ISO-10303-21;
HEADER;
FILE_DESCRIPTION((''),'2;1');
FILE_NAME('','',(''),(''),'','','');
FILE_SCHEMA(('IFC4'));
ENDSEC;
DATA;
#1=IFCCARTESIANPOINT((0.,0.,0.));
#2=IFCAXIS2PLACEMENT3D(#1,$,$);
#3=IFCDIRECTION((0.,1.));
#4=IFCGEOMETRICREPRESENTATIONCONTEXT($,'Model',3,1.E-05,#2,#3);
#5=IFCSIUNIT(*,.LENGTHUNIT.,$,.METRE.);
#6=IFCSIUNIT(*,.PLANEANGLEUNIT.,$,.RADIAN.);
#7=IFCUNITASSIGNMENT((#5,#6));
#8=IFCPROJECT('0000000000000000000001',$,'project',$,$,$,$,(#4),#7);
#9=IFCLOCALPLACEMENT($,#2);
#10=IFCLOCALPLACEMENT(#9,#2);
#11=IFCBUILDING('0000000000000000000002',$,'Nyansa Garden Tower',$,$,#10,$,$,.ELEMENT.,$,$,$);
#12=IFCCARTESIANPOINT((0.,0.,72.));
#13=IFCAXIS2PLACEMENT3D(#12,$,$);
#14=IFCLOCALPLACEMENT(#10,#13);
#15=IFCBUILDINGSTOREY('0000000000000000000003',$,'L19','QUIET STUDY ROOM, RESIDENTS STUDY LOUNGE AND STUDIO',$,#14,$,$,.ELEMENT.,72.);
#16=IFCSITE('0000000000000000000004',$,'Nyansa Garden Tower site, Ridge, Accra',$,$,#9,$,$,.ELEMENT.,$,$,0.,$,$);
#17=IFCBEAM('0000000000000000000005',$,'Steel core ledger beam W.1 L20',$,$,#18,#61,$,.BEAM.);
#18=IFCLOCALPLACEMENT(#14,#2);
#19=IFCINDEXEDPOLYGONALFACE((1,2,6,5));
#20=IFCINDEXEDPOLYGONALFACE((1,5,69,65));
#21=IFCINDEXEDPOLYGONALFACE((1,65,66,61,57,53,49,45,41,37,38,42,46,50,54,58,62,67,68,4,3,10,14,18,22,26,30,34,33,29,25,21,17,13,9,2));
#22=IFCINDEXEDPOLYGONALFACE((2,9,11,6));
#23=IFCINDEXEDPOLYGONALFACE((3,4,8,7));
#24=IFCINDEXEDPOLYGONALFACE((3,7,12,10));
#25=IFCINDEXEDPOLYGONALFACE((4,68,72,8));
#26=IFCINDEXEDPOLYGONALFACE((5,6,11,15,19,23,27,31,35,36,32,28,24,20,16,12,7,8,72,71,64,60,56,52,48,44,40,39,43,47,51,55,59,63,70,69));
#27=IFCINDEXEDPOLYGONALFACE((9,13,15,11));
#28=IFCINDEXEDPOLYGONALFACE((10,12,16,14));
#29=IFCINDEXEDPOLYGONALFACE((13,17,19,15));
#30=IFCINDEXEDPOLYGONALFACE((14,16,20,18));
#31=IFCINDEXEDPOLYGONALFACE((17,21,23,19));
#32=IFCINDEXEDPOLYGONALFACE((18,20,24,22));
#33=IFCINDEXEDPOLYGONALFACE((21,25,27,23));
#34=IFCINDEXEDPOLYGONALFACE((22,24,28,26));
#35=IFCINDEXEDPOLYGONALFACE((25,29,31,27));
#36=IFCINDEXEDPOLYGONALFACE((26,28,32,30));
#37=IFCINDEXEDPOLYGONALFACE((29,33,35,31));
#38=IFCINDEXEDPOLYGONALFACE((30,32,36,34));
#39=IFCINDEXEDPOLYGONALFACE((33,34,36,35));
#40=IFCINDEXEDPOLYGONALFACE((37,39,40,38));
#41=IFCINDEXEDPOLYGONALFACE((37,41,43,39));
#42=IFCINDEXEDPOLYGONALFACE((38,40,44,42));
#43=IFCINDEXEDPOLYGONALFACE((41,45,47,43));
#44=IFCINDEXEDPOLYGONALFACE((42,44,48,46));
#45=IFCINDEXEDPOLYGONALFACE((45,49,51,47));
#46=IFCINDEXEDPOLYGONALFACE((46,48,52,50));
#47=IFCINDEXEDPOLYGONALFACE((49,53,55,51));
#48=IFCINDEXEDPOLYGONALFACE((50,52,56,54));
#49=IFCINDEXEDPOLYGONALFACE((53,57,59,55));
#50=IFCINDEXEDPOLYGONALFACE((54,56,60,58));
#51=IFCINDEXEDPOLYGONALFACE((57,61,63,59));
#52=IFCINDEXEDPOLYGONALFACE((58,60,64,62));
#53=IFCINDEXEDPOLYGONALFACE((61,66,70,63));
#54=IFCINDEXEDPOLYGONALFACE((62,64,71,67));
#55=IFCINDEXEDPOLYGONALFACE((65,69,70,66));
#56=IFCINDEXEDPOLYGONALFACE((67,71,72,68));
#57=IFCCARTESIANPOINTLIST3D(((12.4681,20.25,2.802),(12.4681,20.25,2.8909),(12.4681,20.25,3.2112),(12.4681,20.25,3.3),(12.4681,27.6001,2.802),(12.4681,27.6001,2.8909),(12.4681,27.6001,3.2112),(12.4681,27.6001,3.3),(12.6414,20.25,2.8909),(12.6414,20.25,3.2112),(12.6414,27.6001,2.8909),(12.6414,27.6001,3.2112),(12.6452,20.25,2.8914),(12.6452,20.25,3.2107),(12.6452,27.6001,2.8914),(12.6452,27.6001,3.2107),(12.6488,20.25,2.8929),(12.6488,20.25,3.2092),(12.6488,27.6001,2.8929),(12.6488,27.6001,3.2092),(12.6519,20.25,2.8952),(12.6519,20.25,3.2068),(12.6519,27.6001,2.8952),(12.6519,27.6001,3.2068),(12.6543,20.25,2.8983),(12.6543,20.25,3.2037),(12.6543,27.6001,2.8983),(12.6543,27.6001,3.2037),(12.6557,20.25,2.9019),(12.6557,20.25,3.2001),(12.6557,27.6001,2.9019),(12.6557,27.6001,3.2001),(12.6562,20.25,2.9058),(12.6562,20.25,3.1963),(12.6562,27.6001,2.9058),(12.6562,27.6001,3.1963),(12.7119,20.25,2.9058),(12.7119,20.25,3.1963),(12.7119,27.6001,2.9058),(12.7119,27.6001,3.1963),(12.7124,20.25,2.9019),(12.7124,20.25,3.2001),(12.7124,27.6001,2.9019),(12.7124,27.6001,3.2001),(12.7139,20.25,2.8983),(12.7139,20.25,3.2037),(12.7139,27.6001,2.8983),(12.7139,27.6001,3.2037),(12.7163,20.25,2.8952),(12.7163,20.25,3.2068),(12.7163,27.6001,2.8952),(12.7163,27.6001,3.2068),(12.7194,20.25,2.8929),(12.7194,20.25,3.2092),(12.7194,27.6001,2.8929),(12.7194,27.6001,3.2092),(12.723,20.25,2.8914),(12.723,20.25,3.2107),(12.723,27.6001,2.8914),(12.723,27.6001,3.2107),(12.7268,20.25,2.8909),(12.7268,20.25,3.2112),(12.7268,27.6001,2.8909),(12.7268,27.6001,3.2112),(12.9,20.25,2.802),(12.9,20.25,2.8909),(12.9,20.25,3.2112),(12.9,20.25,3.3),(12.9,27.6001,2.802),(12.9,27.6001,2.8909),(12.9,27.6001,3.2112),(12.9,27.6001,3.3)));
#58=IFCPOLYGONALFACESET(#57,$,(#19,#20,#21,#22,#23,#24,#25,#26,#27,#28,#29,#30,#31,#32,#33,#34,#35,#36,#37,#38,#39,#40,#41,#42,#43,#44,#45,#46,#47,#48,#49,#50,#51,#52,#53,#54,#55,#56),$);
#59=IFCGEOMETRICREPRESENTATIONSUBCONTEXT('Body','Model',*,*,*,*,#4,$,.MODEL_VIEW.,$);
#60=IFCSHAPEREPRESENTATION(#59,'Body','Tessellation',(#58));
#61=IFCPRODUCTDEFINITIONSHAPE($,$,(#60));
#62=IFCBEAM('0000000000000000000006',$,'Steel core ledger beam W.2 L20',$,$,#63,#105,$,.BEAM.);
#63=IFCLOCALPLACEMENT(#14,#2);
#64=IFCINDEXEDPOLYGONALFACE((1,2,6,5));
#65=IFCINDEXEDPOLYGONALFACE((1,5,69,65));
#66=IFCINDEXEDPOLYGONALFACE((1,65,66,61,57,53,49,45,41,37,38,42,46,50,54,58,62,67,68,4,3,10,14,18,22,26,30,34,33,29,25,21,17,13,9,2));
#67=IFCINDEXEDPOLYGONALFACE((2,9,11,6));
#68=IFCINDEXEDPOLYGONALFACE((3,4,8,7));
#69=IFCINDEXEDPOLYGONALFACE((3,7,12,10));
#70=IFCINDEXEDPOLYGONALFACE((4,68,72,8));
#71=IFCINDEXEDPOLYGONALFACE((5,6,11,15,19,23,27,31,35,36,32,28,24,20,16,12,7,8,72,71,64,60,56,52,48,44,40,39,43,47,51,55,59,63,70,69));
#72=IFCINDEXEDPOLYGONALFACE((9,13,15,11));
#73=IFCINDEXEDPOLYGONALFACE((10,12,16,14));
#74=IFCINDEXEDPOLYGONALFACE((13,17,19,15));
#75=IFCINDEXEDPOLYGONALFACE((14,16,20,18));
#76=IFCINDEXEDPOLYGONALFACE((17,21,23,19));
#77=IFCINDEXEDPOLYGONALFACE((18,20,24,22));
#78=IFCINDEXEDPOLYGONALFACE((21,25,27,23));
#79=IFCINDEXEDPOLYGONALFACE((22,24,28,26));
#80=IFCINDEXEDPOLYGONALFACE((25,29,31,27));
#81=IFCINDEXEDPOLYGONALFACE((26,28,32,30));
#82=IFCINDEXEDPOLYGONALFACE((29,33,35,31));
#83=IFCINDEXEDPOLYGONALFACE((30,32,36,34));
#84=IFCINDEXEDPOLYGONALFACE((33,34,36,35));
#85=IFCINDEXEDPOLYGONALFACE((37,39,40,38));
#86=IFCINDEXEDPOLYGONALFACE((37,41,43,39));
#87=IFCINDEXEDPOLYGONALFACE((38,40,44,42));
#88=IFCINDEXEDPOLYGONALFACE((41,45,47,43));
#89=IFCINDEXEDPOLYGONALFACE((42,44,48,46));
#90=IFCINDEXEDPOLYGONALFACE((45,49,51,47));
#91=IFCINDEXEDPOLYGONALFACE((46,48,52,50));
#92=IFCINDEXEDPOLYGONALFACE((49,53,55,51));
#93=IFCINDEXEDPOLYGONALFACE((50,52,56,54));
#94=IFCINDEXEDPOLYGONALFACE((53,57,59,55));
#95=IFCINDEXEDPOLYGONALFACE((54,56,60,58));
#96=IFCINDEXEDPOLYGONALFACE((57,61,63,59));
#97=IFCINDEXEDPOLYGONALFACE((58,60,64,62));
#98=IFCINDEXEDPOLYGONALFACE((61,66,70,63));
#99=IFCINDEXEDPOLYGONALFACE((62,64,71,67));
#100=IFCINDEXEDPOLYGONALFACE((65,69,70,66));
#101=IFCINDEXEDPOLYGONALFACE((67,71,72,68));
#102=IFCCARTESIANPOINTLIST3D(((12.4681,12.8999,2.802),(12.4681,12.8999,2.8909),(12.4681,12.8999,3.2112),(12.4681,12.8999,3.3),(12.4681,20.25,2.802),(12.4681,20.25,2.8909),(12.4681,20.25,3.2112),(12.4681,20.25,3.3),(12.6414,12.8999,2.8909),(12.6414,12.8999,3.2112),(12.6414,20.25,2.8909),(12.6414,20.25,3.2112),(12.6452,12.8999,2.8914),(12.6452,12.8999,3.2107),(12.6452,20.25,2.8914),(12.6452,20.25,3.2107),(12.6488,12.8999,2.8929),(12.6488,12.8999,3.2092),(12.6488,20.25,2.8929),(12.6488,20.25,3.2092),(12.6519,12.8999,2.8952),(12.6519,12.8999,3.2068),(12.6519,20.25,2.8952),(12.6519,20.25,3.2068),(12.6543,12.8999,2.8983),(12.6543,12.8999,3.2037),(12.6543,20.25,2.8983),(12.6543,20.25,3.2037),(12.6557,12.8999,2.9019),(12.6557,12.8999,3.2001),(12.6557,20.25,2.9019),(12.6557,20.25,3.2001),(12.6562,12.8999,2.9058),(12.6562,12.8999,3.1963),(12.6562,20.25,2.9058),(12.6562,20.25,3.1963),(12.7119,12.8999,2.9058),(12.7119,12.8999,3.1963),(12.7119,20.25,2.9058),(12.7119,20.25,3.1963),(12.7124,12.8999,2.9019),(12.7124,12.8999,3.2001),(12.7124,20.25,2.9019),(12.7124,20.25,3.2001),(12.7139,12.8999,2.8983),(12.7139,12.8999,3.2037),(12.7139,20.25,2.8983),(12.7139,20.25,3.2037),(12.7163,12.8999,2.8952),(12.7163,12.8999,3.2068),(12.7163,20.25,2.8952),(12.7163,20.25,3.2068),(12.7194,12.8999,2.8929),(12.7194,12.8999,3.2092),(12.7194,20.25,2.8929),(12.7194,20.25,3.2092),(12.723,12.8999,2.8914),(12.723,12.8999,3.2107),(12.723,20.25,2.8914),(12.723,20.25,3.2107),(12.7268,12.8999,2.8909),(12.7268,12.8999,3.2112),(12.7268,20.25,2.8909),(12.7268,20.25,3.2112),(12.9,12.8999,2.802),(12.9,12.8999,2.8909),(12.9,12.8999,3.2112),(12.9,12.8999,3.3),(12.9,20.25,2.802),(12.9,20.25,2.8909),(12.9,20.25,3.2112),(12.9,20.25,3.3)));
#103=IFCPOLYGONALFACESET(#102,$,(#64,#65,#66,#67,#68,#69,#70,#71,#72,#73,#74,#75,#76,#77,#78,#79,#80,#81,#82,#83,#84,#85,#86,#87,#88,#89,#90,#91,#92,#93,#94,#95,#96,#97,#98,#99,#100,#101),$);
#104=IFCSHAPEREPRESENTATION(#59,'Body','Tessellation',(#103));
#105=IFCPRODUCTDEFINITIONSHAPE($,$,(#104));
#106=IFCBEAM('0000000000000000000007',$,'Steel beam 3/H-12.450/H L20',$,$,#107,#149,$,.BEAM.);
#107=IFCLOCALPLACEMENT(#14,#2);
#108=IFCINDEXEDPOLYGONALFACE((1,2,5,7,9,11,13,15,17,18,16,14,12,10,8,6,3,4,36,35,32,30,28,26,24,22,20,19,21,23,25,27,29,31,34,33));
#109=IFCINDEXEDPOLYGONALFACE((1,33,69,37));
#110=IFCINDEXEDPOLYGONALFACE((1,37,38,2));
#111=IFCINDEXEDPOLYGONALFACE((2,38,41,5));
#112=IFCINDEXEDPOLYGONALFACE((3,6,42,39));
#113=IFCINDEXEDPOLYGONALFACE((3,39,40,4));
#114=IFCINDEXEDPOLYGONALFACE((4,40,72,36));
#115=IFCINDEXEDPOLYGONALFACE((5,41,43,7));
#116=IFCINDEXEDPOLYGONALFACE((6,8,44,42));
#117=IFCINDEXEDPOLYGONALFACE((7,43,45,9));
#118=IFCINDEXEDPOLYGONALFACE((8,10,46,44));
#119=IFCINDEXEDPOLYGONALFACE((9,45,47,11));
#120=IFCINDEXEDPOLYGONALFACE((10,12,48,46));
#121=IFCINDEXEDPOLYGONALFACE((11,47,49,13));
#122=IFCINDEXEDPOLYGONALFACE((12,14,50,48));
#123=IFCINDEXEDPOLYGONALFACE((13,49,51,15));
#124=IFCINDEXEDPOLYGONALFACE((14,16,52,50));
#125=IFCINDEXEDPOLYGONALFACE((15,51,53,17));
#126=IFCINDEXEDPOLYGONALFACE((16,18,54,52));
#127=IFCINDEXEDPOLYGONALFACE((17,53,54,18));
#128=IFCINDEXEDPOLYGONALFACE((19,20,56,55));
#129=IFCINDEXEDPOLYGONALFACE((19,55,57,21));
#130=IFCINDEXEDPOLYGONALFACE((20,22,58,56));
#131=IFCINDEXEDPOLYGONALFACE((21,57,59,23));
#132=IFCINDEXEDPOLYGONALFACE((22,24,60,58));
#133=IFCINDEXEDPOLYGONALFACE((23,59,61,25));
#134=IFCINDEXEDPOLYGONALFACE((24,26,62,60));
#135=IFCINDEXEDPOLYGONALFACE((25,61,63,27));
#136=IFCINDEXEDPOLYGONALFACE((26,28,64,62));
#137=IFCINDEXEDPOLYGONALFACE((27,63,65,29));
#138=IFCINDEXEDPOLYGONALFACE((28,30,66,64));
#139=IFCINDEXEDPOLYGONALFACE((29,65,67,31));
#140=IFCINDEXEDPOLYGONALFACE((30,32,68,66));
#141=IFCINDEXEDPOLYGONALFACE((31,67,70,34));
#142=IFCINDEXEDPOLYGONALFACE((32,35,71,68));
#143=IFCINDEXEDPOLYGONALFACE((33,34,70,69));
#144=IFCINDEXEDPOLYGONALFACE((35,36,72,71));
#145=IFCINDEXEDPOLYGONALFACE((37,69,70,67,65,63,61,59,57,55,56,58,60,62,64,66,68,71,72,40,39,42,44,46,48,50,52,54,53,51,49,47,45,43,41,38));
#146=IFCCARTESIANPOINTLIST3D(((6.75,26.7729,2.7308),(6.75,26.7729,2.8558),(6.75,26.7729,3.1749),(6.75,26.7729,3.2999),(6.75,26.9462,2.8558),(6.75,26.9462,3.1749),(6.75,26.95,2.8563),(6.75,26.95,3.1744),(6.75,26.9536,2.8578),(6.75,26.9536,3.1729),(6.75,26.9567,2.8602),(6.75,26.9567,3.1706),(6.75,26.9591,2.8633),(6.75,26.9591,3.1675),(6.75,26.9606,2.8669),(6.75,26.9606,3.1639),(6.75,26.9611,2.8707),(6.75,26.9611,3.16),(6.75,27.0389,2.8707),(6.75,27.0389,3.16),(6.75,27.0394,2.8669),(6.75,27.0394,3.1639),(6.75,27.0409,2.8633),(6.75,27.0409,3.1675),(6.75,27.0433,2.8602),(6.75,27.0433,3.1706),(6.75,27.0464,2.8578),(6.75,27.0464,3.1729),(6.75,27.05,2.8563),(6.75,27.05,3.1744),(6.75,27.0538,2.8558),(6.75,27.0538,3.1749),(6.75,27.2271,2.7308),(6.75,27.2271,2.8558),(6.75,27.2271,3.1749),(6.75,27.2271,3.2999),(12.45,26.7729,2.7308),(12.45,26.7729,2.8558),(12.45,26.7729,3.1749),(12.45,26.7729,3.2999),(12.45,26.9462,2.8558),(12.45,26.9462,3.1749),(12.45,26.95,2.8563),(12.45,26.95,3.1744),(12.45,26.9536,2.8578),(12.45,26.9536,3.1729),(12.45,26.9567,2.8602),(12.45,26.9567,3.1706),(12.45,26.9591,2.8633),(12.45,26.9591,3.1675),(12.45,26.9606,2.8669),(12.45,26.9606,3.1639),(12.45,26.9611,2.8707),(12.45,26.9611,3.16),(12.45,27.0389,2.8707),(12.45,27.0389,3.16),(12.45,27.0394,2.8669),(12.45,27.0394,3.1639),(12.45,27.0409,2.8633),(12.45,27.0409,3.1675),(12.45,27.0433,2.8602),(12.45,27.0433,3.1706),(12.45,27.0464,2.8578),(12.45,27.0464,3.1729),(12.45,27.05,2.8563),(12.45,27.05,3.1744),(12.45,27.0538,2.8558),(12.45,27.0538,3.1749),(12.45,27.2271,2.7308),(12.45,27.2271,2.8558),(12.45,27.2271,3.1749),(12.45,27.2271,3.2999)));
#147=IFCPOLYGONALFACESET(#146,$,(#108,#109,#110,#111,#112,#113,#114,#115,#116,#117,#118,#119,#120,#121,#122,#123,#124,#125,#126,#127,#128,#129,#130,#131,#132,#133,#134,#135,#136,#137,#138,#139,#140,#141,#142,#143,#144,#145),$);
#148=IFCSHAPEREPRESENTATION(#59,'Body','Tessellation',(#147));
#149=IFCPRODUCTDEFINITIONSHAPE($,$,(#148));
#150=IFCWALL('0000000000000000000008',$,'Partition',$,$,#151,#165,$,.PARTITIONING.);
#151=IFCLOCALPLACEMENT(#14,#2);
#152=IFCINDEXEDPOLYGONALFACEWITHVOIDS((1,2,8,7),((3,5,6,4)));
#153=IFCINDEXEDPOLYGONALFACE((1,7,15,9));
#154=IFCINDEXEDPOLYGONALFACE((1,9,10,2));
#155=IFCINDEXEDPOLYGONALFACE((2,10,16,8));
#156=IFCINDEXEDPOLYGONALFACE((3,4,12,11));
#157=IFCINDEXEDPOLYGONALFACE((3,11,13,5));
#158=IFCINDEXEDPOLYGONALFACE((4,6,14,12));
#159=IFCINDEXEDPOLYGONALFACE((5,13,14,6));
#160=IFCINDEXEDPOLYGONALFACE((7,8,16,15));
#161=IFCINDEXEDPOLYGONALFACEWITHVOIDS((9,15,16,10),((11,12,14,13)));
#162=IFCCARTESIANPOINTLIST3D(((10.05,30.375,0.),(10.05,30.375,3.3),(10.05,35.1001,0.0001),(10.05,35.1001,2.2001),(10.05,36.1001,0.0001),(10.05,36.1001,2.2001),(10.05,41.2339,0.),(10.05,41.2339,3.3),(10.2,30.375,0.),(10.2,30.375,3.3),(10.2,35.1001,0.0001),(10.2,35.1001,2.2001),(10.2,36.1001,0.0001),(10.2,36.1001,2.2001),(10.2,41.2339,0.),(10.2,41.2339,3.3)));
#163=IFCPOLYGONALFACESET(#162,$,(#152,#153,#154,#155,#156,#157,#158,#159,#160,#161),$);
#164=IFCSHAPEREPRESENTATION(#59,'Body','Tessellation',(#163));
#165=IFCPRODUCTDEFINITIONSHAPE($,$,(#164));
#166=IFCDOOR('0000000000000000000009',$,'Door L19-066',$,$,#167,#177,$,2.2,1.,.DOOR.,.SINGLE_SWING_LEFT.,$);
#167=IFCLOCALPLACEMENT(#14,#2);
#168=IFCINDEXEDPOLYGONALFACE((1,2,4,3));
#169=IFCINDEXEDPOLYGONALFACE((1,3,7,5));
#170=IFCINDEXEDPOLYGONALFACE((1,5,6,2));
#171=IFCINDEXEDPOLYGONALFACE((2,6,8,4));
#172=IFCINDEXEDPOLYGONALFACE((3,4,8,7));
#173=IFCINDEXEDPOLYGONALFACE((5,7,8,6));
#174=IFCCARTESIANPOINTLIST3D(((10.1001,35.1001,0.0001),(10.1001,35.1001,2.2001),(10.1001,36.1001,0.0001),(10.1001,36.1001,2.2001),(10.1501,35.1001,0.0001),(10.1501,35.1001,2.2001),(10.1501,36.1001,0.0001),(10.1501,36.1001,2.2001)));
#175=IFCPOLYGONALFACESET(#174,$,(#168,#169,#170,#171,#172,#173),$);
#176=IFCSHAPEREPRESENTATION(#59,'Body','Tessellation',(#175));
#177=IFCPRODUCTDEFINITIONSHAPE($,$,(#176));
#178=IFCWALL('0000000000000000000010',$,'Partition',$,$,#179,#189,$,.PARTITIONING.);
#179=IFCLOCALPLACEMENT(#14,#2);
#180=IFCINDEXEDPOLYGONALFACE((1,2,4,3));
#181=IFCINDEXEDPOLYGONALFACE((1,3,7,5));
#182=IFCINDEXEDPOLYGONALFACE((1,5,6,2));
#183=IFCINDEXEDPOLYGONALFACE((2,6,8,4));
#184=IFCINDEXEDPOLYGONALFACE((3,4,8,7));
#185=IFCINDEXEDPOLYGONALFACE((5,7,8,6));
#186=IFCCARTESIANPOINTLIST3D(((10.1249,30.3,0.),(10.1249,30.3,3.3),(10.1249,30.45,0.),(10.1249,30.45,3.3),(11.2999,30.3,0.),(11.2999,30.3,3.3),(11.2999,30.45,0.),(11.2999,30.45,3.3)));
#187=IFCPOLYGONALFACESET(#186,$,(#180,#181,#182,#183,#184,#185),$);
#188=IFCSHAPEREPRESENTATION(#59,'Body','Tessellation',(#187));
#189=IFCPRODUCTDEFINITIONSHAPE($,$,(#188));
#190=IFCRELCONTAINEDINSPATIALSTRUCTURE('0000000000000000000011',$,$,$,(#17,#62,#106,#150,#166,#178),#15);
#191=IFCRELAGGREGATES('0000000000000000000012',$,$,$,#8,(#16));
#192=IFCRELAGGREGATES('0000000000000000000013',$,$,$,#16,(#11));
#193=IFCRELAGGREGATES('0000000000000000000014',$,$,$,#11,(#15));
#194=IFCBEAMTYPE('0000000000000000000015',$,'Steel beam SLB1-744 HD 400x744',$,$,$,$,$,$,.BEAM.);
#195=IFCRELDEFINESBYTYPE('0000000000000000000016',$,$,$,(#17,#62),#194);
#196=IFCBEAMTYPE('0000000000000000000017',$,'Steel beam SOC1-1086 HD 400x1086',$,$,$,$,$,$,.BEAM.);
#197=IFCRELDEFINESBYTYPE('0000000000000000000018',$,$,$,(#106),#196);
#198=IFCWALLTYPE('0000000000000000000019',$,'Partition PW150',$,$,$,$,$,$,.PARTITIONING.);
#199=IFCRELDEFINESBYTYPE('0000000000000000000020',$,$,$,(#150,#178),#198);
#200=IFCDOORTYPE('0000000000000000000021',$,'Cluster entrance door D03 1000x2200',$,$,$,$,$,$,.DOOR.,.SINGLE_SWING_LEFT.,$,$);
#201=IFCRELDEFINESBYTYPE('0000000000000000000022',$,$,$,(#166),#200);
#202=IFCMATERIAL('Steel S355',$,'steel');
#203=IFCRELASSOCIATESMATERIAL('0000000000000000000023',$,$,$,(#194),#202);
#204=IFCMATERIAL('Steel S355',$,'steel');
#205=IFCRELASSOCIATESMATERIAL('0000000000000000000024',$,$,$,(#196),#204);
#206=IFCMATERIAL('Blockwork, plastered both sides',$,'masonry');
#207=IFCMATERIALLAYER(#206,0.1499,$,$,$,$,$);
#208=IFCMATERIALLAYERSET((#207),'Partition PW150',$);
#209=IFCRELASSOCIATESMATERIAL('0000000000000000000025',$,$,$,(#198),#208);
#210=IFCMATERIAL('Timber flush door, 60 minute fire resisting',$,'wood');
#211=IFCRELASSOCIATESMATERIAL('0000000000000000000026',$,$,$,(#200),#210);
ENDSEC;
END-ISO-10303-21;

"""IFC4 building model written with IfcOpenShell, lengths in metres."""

from ifc_helpers import new_model, si_unit, direction, frame, frame_2d, origin, origin_2d, place, context, subcontext, project, spatial, rectangle, i_section, extrude, material, layer, layer_set, material_profile, profile_set, type_object, element, fill, save


model = new_model("IFC4")

# Units and contexts
model_context = context("Model", 3, precision=1e-05, world=origin(), true_north=direction((0.0, 1.0)))
body_context = subcontext(model_context, "Body", "Model", "MODEL_VIEW")
ifc_project = project(units=[si_unit("LENGTHUNIT", "METRE"), si_unit("PLANEANGLEUNIT", "RADIAN")], contexts=[model_context])

# Site, building, storey
site_placement = place(None, origin())
site = spatial("IfcSite", under=ifc_project, at=site_placement, Name="Nyansa Garden Tower site, Ridge, Accra", CompositionType="ELEMENT", RefElevation=0.0)
building_placement = place(site_placement, origin())
building = spatial("IfcBuilding", under=site, at=building_placement, Name="Nyansa Garden Tower", CompositionType="ELEMENT")
storey_placement = place(building_placement, frame((0.0, 0.0, 72.0)))
storey = spatial("IfcBuildingStorey", under=building, at=storey_placement, Name="L19", Description="QUIET STUDY ROOM, RESIDENTS STUDY LOUNGE AND STUDIO", CompositionType="ELEMENT", Elevation=72.0)

# Beams
ifc_material_1 = material(Name="Steel S355", Category="steel")
ifc_material_profile_1 = material_profile(ifc_material_1, i_section(OverallWidth=0.4319, OverallDepth=0.498, WebThickness=0.0557, FlangeThickness=0.0889, FilletRadius=0.0149, at=origin_2d()), Name="HD 400x744")
ifc_profile_set_1 = profile_set([ifc_material_profile_1], Name="Steel S355")
beam_type_1 = type_object("IfcBeamType", Name="Steel beam SLB1-744 HD 400x744", PredefinedType="BEAM", material=ifc_profile_set_1)
for number, where, z_axis, x_axis, name in (
    (1, (12.6841, 27.6001, 3.051), (0.0, -1.0, 0.0), (1.0, 0.0, 0.0), "Steel core ledger beam W.1 L20"),
    (2, (12.6841, 20.25, 3.051), (0.0, -1.0, 0.0), (1.0, 0.0, 0.0), "Steel core ledger beam W.2 L20"),
):
    element("IfcBeam", number, at=place(storey_placement, frame(where, z_axis=z_axis, x_axis=x_axis)), inside=storey, type_object=beam_type_1, Name=name, PredefinedType="BEAM", context=body_context, shape_type="SweptSolid", body=[
        extrude(i_section(OverallWidth=0.4319, OverallDepth=0.498, WebThickness=0.0557, FlangeThickness=0.0889, FilletRadius=0.0149, at=origin_2d()), origin(), (0.0, 0.0, 1.0), 7.3501),
    ])
ifc_material_2 = material(Name="Steel S355", Category="steel")
ifc_material_profile_2 = material_profile(ifc_material_2, i_section(OverallWidth=0.4541, OverallDepth=0.5691, WebThickness=0.0779, FlangeThickness=0.125, FilletRadius=0.0149, at=origin_2d()), Name="HD 400x1086")
ifc_profile_set_2 = profile_set([ifc_material_profile_2], Name="Steel S355")
beam_type_2 = type_object("IfcBeamType", Name="Steel beam SOC1-1086 HD 400x1086", PredefinedType="BEAM", material=ifc_profile_set_2)
beam_1_placement = place(storey_placement, frame((6.75, 27.0, 3.0154), z_axis=(1.0, 0.0, 0.0), x_axis=(0.0, 1.0, 0.0)))
element("IfcBeam", 3, at=beam_1_placement, inside=storey, type_object=beam_type_2, Name="Steel beam 3/H-12.450/H L20", PredefinedType="BEAM", context=body_context, shape_type="SweptSolid", body=[
    extrude(i_section(OverallWidth=0.4541, OverallDepth=0.5691, WebThickness=0.0779, FlangeThickness=0.125, FilletRadius=0.0149, at=origin_2d()), origin(), (0.0, 0.0, 1.0), 5.7),
])

# Wall, opening, door
ifc_material_3 = material(Name="Blockwork, plastered both sides", Category="masonry")
ifc_layer = layer(ifc_material_3, 0.1499)
ifc_layer_set = layer_set([ifc_layer], Name="Partition PW150")
wall_type = type_object("IfcWallType", Name="Partition PW150", PredefinedType="PARTITIONING", material=ifc_layer_set)
wall_1_placement = place(storey_placement, frame((10.125, 30.375, 0.0), z_axis=(0.0, 0.0, 1.0), x_axis=(0.0, 1.0, 0.0)))
wall_1 = element("IfcWall", 4, at=wall_1_placement, inside=storey, type_object=wall_type, Name="Partition", PredefinedType="PARTITIONING", context=body_context, shape_type="SweptSolid", body=[
    extrude(rectangle(XDim=10.8589, YDim=0.1499, at=frame_2d((5.4294, 0.0))), origin(), (0.0, 0.0, 1.0), 3.3),
])
opening_1_placement = place(wall_1_placement, frame((4.7251, 0.0, 0.0)))
opening_1 = element("IfcOpeningElement", 5, at=opening_1_placement, cuts=wall_1, PredefinedType="OPENING", context=body_context, shape_type="SweptSolid", body=[
    extrude(rectangle(XDim=1.0, YDim=2.2, at=frame_2d((0.5, 1.1001))), frame((0.0, 0.085, 0.0), z_axis=(0.0, -1.0, 0.0), x_axis=(1.0, 0.0, 0.0)), (0.0, 0.0, 1.0), 0.1699),
])
ifc_material_4 = material(Name="Timber flush door, 60 minute fire resisting", Category="wood")
door_type_1 = type_object("IfcDoorType", Name="Cluster entrance door D03 1000x2200", OperationType="SINGLE_SWING_LEFT", PredefinedType="DOOR", material=ifc_material_4)
door_1_placement = place(opening_1_placement, origin())
door_1 = element("IfcDoor", 6, at=door_1_placement, inside=storey, type_object=door_type_1, Name="Door L19-066", OperationType="SINGLE_SWING_LEFT", OverallHeight=2.2, OverallWidth=1.0, PredefinedType="DOOR", context=body_context, shape_type="SweptSolid", body=[
    extrude(rectangle(XDim=1.0, YDim=2.2, at=frame_2d((0.5, 1.1001))), frame((0.0, 0.0249, 0.0), z_axis=(0.0, -1.0, 0.0), x_axis=(1.0, 0.0, 0.0)), (0.0, 0.0, 1.0), 0.05),
])
fill(opening_1, door_1)

# Wall
wall_2_placement = place(storey_placement, frame((10.125, 30.375, 0.0), z_axis=(0.0, 0.0, 1.0), x_axis=(1.0, 0.0, 0.0)))
element("IfcWall", 7, at=wall_2_placement, inside=storey, type_object=wall_type, Name="Partition", PredefinedType="PARTITIONING", context=body_context, shape_type="SweptSolid", body=[
    extrude(rectangle(XDim=1.175, YDim=0.1499, at=frame_2d((0.5874, 0.0))), origin(), (0.0, 0.0, 1.0), 3.3),
])

save(model, "model.ifc")
